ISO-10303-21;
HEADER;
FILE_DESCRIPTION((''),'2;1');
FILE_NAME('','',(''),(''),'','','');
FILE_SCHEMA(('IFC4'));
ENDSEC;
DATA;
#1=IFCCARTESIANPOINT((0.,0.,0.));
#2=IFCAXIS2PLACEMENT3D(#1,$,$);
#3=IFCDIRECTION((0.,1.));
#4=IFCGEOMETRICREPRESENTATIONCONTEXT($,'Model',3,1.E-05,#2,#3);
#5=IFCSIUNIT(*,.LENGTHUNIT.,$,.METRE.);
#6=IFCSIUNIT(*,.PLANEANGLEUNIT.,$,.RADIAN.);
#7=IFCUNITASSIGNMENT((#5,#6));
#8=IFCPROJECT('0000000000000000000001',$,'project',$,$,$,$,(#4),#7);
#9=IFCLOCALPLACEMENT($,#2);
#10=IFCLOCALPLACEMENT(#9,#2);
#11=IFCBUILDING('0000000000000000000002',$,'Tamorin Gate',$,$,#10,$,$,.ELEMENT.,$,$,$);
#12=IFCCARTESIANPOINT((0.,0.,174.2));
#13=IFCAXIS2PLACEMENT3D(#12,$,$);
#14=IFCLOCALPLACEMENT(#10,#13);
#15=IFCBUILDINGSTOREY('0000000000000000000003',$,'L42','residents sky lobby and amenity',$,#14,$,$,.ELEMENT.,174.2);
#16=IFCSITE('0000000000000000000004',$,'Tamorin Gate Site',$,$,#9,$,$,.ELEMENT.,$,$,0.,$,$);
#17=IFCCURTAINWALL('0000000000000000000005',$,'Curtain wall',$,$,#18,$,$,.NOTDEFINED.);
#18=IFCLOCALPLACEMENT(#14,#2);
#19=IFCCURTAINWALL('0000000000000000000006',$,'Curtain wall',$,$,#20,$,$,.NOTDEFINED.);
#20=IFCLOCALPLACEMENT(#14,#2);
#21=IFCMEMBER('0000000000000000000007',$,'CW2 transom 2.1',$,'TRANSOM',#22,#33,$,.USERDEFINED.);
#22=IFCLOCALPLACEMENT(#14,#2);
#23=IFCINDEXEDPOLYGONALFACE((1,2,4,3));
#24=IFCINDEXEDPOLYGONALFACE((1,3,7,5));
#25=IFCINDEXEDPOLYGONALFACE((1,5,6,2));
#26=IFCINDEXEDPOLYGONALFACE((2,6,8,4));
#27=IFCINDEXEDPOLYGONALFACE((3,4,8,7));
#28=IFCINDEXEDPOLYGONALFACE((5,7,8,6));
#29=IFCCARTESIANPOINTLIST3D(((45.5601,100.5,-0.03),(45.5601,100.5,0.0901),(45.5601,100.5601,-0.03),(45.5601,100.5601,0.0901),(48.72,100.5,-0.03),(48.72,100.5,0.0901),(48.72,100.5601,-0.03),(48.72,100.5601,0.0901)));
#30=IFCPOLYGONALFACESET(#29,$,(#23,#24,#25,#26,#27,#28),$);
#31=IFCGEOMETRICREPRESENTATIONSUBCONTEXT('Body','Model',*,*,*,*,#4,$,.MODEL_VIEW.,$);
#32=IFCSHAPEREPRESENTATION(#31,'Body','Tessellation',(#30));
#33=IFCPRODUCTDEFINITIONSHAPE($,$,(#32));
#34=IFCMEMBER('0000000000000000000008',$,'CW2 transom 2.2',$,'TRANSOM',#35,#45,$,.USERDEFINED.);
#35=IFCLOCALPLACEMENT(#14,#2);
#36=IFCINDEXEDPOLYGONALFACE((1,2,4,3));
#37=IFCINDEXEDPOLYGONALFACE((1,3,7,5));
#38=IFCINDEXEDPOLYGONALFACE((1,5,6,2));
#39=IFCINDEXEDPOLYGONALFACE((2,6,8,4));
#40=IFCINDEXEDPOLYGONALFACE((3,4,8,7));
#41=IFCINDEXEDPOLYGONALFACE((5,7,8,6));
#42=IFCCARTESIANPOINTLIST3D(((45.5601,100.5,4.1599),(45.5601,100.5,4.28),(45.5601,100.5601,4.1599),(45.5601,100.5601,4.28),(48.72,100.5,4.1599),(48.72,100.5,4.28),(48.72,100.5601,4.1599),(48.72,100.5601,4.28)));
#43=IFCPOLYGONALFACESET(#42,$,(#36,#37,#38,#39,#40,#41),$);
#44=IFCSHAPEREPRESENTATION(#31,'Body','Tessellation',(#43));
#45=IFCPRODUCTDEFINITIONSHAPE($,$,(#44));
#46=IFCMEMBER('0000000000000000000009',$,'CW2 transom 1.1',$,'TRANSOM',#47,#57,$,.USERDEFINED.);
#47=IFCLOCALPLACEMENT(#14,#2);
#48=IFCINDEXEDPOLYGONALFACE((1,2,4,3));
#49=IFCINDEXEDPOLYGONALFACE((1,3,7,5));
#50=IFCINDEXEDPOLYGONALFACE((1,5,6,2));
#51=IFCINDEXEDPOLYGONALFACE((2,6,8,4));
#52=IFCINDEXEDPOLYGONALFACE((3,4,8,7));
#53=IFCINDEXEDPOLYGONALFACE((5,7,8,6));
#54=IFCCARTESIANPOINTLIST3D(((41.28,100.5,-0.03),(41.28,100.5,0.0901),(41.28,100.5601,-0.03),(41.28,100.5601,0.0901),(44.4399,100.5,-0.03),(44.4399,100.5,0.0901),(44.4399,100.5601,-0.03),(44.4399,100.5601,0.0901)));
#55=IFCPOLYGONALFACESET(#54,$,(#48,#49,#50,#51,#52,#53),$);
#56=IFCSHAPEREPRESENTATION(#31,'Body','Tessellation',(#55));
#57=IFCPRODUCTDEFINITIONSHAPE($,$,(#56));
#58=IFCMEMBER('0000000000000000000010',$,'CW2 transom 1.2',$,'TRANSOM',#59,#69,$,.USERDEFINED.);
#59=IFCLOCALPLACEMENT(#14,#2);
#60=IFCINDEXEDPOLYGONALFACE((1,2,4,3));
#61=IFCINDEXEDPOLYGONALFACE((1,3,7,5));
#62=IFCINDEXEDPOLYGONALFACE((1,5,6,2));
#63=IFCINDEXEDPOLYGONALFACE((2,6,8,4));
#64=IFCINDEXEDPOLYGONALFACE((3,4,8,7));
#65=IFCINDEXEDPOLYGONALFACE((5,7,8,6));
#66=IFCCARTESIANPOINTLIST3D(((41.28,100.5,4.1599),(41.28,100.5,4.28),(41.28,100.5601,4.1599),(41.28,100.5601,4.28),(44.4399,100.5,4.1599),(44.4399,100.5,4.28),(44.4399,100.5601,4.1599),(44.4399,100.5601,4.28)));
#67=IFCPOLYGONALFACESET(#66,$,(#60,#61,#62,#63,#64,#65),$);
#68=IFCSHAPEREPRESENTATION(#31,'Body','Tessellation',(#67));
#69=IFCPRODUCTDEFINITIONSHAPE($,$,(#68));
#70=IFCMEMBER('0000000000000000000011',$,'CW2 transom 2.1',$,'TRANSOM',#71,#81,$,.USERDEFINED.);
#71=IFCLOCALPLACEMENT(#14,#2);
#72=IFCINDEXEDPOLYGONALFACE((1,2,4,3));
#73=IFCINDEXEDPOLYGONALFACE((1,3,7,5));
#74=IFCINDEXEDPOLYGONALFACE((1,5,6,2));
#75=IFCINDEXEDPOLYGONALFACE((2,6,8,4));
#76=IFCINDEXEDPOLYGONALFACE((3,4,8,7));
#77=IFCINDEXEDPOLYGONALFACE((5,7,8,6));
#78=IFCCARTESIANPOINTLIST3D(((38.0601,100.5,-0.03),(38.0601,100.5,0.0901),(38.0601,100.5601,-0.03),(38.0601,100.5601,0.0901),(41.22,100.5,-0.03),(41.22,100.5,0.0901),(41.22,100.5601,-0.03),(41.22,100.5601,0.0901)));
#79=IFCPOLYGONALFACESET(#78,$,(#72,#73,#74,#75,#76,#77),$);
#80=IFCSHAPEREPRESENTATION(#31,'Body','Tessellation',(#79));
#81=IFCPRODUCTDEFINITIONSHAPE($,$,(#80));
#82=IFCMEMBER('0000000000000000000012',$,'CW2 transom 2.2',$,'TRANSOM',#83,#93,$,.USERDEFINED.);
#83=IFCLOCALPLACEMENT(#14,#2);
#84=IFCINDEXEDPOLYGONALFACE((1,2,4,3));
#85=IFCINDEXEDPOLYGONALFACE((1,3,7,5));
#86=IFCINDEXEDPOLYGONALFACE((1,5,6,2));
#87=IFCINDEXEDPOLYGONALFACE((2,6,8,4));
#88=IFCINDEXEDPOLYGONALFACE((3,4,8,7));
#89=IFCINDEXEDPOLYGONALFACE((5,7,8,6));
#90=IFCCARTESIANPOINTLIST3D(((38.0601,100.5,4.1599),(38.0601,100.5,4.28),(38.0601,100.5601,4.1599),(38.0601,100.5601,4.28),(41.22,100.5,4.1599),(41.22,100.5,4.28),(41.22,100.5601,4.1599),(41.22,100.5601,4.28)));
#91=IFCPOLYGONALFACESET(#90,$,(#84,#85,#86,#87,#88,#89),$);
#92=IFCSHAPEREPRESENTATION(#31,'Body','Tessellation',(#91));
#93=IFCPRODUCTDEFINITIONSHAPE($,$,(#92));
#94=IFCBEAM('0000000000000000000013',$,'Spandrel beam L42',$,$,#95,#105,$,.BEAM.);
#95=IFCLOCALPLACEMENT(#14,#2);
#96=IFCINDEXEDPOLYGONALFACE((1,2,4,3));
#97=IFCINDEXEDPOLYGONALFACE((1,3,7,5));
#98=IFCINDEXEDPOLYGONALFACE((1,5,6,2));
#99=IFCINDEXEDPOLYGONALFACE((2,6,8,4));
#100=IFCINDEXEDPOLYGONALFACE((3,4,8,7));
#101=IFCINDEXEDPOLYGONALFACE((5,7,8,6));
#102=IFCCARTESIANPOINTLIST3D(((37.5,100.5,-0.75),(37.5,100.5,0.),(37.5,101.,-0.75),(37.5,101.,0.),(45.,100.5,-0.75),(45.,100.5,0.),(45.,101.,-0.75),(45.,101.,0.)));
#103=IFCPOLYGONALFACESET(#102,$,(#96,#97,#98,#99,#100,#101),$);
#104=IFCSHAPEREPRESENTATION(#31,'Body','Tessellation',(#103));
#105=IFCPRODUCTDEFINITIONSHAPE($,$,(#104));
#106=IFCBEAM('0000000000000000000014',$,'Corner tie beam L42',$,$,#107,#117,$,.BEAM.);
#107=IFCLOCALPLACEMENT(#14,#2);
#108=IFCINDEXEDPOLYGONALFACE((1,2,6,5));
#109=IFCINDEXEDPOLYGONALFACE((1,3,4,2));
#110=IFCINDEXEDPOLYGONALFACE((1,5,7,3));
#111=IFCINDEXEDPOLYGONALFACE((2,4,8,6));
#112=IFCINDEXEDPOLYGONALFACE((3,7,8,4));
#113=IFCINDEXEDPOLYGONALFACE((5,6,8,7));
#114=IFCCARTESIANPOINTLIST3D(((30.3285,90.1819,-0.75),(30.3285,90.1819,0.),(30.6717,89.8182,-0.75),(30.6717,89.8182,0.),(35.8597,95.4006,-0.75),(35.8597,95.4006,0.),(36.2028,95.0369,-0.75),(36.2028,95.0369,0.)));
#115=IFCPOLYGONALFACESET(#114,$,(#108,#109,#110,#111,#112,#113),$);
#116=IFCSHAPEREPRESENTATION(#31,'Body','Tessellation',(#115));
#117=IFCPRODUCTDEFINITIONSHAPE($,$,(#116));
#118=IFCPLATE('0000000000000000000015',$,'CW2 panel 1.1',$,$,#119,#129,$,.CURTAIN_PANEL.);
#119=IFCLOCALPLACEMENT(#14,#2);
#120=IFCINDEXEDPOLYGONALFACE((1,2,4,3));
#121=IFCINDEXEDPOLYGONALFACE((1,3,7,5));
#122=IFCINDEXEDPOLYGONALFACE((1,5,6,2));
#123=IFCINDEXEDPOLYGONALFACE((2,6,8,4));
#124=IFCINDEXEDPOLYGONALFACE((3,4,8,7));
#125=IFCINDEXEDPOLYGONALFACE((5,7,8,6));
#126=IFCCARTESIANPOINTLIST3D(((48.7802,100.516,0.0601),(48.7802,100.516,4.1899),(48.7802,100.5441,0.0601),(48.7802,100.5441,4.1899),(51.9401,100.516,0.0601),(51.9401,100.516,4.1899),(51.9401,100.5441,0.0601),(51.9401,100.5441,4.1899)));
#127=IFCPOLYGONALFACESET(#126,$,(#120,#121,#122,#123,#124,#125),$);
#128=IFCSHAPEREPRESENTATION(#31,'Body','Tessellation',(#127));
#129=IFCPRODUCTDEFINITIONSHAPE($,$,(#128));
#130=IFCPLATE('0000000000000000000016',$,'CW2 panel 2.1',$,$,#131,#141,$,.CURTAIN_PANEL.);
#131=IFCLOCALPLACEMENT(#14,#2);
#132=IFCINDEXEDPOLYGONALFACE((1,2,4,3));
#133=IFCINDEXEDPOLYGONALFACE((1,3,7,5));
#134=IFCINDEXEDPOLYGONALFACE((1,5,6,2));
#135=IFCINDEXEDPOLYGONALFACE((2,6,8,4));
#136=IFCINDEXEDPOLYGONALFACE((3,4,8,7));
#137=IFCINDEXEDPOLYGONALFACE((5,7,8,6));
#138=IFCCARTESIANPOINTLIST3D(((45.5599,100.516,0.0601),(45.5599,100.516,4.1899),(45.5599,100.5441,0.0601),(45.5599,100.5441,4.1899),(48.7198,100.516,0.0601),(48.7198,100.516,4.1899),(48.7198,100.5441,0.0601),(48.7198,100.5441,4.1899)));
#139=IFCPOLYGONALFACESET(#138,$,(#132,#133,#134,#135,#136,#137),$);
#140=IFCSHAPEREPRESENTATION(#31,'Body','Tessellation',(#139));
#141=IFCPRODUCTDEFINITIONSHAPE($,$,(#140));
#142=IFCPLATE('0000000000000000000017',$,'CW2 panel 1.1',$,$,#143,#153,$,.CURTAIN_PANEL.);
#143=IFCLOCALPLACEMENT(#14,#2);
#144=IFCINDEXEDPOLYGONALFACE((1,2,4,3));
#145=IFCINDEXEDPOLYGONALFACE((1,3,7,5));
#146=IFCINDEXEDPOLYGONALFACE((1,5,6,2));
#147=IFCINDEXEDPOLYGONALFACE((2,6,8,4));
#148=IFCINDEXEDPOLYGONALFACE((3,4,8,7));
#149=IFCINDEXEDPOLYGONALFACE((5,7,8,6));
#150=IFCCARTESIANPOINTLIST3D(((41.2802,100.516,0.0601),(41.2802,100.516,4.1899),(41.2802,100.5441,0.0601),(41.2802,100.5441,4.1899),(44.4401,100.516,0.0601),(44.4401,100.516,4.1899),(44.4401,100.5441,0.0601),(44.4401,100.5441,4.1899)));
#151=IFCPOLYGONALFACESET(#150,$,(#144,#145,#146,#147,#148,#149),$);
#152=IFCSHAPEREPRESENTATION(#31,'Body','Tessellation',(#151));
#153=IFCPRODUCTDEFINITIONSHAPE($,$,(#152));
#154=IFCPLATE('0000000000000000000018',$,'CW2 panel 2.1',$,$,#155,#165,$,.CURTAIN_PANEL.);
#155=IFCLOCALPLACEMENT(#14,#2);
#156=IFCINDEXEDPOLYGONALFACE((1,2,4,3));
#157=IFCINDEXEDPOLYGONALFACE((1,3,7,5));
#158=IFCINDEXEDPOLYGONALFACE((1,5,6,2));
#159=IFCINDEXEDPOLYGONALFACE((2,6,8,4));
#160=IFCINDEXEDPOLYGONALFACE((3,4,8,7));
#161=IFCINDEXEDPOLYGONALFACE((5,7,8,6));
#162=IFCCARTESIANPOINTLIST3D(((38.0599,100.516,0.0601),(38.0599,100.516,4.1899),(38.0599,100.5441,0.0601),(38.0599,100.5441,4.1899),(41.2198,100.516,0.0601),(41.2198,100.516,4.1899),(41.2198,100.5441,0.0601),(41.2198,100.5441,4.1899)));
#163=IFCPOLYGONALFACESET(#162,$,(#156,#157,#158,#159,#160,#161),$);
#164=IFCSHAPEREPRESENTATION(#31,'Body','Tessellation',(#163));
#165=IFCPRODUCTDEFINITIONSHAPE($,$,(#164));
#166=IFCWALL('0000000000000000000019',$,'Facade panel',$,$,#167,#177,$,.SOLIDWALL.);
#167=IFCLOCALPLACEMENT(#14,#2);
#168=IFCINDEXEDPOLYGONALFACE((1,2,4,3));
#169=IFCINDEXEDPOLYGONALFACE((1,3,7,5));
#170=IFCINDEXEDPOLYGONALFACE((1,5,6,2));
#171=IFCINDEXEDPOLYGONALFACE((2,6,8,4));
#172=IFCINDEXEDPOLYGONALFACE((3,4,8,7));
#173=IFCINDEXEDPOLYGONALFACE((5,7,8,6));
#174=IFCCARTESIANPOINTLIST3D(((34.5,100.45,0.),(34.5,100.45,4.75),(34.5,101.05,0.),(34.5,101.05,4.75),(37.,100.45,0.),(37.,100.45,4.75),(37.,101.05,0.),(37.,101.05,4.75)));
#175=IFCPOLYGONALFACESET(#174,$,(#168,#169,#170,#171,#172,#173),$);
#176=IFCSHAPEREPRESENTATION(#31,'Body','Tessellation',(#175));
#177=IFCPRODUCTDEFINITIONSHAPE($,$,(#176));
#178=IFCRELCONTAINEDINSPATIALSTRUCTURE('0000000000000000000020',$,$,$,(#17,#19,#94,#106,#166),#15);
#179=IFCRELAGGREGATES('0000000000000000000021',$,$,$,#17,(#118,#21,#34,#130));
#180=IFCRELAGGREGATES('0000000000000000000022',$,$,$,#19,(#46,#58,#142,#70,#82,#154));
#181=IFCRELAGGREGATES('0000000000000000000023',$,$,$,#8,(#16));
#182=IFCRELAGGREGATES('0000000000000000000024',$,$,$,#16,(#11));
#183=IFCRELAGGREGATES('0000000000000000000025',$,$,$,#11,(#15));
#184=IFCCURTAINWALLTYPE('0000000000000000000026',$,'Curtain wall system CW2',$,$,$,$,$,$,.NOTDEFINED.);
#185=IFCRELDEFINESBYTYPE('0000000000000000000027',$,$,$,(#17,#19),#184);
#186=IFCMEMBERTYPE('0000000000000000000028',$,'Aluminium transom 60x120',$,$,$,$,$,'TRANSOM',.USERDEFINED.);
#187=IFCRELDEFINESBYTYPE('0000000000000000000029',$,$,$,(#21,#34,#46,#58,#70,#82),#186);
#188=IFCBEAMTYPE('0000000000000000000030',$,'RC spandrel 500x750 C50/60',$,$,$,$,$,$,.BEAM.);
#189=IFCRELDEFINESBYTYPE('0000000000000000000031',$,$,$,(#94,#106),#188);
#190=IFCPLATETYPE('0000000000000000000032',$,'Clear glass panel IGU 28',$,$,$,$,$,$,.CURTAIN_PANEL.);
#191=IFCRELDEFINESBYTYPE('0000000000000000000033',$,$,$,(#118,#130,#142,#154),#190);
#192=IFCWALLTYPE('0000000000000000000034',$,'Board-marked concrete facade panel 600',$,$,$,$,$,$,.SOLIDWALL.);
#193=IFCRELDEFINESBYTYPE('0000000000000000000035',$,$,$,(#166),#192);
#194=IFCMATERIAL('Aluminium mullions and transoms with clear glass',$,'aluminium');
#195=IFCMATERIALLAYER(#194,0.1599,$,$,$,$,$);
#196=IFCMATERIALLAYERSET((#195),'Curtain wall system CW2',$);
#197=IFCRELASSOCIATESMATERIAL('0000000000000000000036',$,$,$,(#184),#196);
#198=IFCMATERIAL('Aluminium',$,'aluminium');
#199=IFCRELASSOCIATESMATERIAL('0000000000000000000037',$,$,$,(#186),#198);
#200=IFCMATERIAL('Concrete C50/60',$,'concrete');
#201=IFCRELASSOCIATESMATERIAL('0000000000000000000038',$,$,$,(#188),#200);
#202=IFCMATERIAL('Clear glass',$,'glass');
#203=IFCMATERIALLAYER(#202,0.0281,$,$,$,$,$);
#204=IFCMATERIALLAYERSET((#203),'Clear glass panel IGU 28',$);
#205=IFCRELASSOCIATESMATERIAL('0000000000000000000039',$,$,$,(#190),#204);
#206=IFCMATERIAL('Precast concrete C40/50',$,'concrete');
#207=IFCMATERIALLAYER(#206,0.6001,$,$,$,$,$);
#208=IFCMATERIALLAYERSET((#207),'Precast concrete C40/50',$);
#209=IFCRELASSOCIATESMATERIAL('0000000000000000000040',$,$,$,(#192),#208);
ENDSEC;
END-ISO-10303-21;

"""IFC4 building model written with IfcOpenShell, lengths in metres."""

from ifc_helpers import new_model, si_unit, direction, frame, frame_2d, origin, origin_2d, place, context, subcontext, project, spatial, rectangle, extrude, material, layer, layer_set, material_profile, profile_set, type_object, element, aggregate, save


model = new_model("IFC4")

# Units and contexts
model_context = context("Model", 3, precision=1e-05, world=origin(), true_north=direction((0.0, 1.0)))
body_context = subcontext(model_context, "Body", "Model", "MODEL_VIEW")
ifc_project = project(units=[si_unit("LENGTHUNIT", "METRE"), si_unit("PLANEANGLEUNIT", "RADIAN")], contexts=[model_context])

# Site, building, storey
site_placement = place(None, origin())
site = spatial("IfcSite", under=ifc_project, at=site_placement, Name="Tamorin Gate Site", CompositionType="ELEMENT", RefElevation=0.0)
building_placement = place(site_placement, origin())
building = spatial("IfcBuilding", under=site, at=building_placement, Name="Tamorin Gate", CompositionType="ELEMENT")
storey_placement = place(building_placement, frame((0.0, 0.0, 174.2)))
storey = spatial("IfcBuildingStorey", under=building, at=storey_placement, Name="L42", Description="residents sky lobby and amenity", CompositionType="ELEMENT", Elevation=174.2)

# Curtain walls
ifc_material_1 = material(Name="Aluminium mullions and transoms with clear glass", Category="aluminium")
ifc_layer_1 = layer(ifc_material_1, 0.1599)
ifc_layer_set_1 = layer_set([ifc_layer_1], Name="Curtain wall system CW2")
curtain_wall_type = type_object("IfcCurtainWallType", Name="Curtain wall system CW2", PredefinedType="NOTDEFINED", material=ifc_layer_set_1)
curtain_wall_1_placement = place(storey_placement, origin())
curtain_wall_1 = element("IfcCurtainWall", 1, at=curtain_wall_1_placement, inside=storey, type_object=curtain_wall_type, Name="Curtain wall", PredefinedType="NOTDEFINED")
ifc_material_2 = material(Name="Aluminium", Category="aluminium")
curtain_wall_2_placement = place(storey_placement, origin())
curtain_wall_2 = element("IfcCurtainWall", 2, at=curtain_wall_2_placement, inside=storey, type_object=curtain_wall_type, Name="Curtain wall", PredefinedType="NOTDEFINED")

# Members
ifc_material_profile_1 = material_profile(ifc_material_2, rectangle(XDim=0.0601, YDim=0.1201, at=origin_2d()), Name="RECT 60x120")
ifc_profile_set_1 = profile_set([ifc_material_profile_1], Name="Aluminium")
member_type_1 = type_object("IfcMemberType", Name="Aluminium transom 60x120", ElementType="TRANSOM", PredefinedType="USERDEFINED", material=ifc_profile_set_1)
member_1_placement = place(storey_placement, frame((48.72, 100.53, 0.03), z_axis=(-1.0, 0.0, 0.0), x_axis=(0.0, -1.0, 0.0)))
member_1 = element("IfcMember", 3, at=member_1_placement, type_object=member_type_1, Name="CW2 transom 2.1", ObjectType="TRANSOM", PredefinedType="USERDEFINED", context=body_context, shape_type="SweptSolid", body=[
    extrude(rectangle(XDim=0.0601, YDim=0.1201, at=origin_2d()), origin(), (0.0, 0.0, 1.0), 3.1599),
])
member_2_placement = place(storey_placement, frame((48.72, 100.53, 4.22), z_axis=(-1.0, 0.0, 0.0), x_axis=(0.0, -1.0, 0.0)))
member_2 = element("IfcMember", 4, at=member_2_placement, type_object=member_type_1, Name="CW2 transom 2.2", ObjectType="TRANSOM", PredefinedType="USERDEFINED", context=body_context, shape_type="SweptSolid", body=[
    extrude(rectangle(XDim=0.0601, YDim=0.1201, at=origin_2d()), origin(), (0.0, 0.0, 1.0), 3.1599),
])
member_3_placement = place(storey_placement, frame((44.4399, 100.53, 0.03), z_axis=(-1.0, 0.0, 0.0), x_axis=(0.0, -1.0, 0.0)))
member_3 = element("IfcMember", 5, at=member_3_placement, type_object=member_type_1, Name="CW2 transom 1.1", ObjectType="TRANSOM", PredefinedType="USERDEFINED", context=body_context, shape_type="SweptSolid", body=[
    extrude(rectangle(XDim=0.0601, YDim=0.1201, at=origin_2d()), origin(), (0.0, 0.0, 1.0), 3.1599),
])
member_4_placement = place(storey_placement, frame((44.4399, 100.53, 4.22), z_axis=(-1.0, 0.0, 0.0), x_axis=(0.0, -1.0, 0.0)))
member_4 = element("IfcMember", 6, at=member_4_placement, type_object=member_type_1, Name="CW2 transom 1.2", ObjectType="TRANSOM", PredefinedType="USERDEFINED", context=body_context, shape_type="SweptSolid", body=[
    extrude(rectangle(XDim=0.0601, YDim=0.1201, at=origin_2d()), origin(), (0.0, 0.0, 1.0), 3.1599),
])
member_5_placement = place(storey_placement, frame((41.22, 100.53, 0.03), z_axis=(-1.0, 0.0, 0.0), x_axis=(0.0, -1.0, 0.0)))
member_5 = element("IfcMember", 7, at=member_5_placement, type_object=member_type_1, Name="CW2 transom 2.1", ObjectType="TRANSOM", PredefinedType="USERDEFINED", context=body_context, shape_type="SweptSolid", body=[
    extrude(rectangle(XDim=0.0601, YDim=0.1201, at=origin_2d()), origin(), (0.0, 0.0, 1.0), 3.1599),
])
member_6_placement = place(storey_placement, frame((41.22, 100.53, 4.22), z_axis=(-1.0, 0.0, 0.0), x_axis=(0.0, -1.0, 0.0)))
member_6 = element("IfcMember", 8, at=member_6_placement, type_object=member_type_1, Name="CW2 transom 2.2", ObjectType="TRANSOM", PredefinedType="USERDEFINED", context=body_context, shape_type="SweptSolid", body=[
    extrude(rectangle(XDim=0.0601, YDim=0.1201, at=origin_2d()), origin(), (0.0, 0.0, 1.0), 3.1599),
])

# Beams
ifc_material_3 = material(Name="Concrete C50/60", Category="concrete")
ifc_material_profile_2 = material_profile(ifc_material_3, rectangle(XDim=0.5, YDim=0.75, at=origin_2d()), Name="RC 500x750")
ifc_profile_set_2 = profile_set([ifc_material_profile_2], Name="Concrete C50/60")
beam_type = type_object("IfcBeamType", Name="RC spandrel 500x750 C50/60", PredefinedType="BEAM", material=ifc_profile_set_2)
beam_1_placement = place(storey_placement, frame((45.0, 100.75, -0.375), z_axis=(-1.0, 0.0, 0.0), x_axis=(0.0, -1.0, 0.0)))
element("IfcBeam", 9, at=beam_1_placement, inside=storey, type_object=beam_type, Name="Spandrel beam L42", PredefinedType="BEAM", context=body_context, shape_type="SweptSolid", body=[
    extrude(rectangle(XDim=0.5, YDim=0.75, at=origin_2d()), origin(), (0.0, 0.0, 1.0), 7.5),
])
beam_2_placement = place(storey_placement, frame((36.0312, 95.2188, -0.375), z_axis=(-0.727355, -0.686261, 0.0), x_axis=(0.686261, -0.727355, 0.0)))
element("IfcBeam", 10, at=beam_2_placement, inside=storey, type_object=beam_type, Name="Corner tie beam L42", PredefinedType="BEAM", context=body_context, shape_type="SweptSolid", body=[
    extrude(rectangle(XDim=0.5, YDim=0.75, at=origin_2d()), origin(), (0.0, 0.0, 1.0), 7.6045),
])

# Plates
ifc_material_4 = material(Name="Clear glass", Category="glass")
ifc_layer_2 = layer(ifc_material_4, 0.0281)
ifc_layer_set_2 = layer_set([ifc_layer_2], Name="Clear glass panel IGU 28")
plate_type = type_object("IfcPlateType", Name="Clear glass panel IGU 28", PredefinedType="CURTAIN_PANEL", material=ifc_layer_set_2)
plate_1_placement = place(storey_placement, frame((50.3601, 100.53, 0.0601), z_axis=(0.0, 0.0, 1.0), x_axis=(-1.0, 0.0, 0.0)))
plate_1 = element("IfcPlate", 11, at=plate_1_placement, type_object=plate_type, Name="CW2 panel 1.1", PredefinedType="CURTAIN_PANEL", context=body_context, shape_type="SweptSolid", body=[
    extrude(rectangle(XDim=3.1599, YDim=0.0281, at=origin_2d()), origin(), (0.0, 0.0, 1.0), 4.1299),
])
plate_2_placement = place(storey_placement, frame((47.1399, 100.53, 0.0601), z_axis=(0.0, 0.0, 1.0), x_axis=(-1.0, 0.0, 0.0)))
plate_2 = element("IfcPlate", 12, at=plate_2_placement, type_object=plate_type, Name="CW2 panel 2.1", PredefinedType="CURTAIN_PANEL", context=body_context, shape_type="SweptSolid", body=[
    extrude(rectangle(XDim=3.1599, YDim=0.0281, at=origin_2d()), origin(), (0.0, 0.0, 1.0), 4.1299),
])
aggregate(curtain_wall_1, [plate_1, member_1, member_2, plate_2])
plate_3_placement = place(storey_placement, frame((42.8601, 100.53, 0.0601), z_axis=(0.0, 0.0, 1.0), x_axis=(-1.0, 0.0, 0.0)))
plate_3 = element("IfcPlate", 13, at=plate_3_placement, type_object=plate_type, Name="CW2 panel 1.1", PredefinedType="CURTAIN_PANEL", context=body_context, shape_type="SweptSolid", body=[
    extrude(rectangle(XDim=3.1599, YDim=0.0281, at=origin_2d()), origin(), (0.0, 0.0, 1.0), 4.1299),
])
plate_4_placement = place(storey_placement, frame((39.6399, 100.53, 0.0601), z_axis=(0.0, 0.0, 1.0), x_axis=(-1.0, 0.0, 0.0)))
plate_4 = element("IfcPlate", 14, at=plate_4_placement, type_object=plate_type, Name="CW2 panel 2.1", PredefinedType="CURTAIN_PANEL", context=body_context, shape_type="SweptSolid", body=[
    extrude(rectangle(XDim=3.1599, YDim=0.0281, at=origin_2d()), origin(), (0.0, 0.0, 1.0), 4.1299),
])
aggregate(curtain_wall_2, [member_3, member_4, plate_3, member_5, member_6, plate_4])

# Wall
ifc_material_5 = material(Name="Precast concrete C40/50", Category="concrete")
ifc_layer_3 = layer(ifc_material_5, 0.6001)
ifc_layer_set_3 = layer_set([ifc_layer_3], Name="Precast concrete C40/50")
wall_type = type_object("IfcWallType", Name="Board-marked concrete facade panel 600", PredefinedType="SOLIDWALL", material=ifc_layer_set_3)
wall_placement = place(storey_placement, frame((37.0, 100.75, 0.0), z_axis=(0.0, 0.0, 1.0), x_axis=(-1.0, 0.0, 0.0)))
element("IfcWall", 15, at=wall_placement, inside=storey, type_object=wall_type, Name="Facade panel", PredefinedType="SOLIDWALL", context=body_context, shape_type="SweptSolid", body=[
    extrude(rectangle(XDim=2.5, YDim=0.6001, at=frame_2d((1.25, 0.0))), origin(), (0.0, 0.0, 1.0), 4.75),
])

save(model, "model.ifc")
